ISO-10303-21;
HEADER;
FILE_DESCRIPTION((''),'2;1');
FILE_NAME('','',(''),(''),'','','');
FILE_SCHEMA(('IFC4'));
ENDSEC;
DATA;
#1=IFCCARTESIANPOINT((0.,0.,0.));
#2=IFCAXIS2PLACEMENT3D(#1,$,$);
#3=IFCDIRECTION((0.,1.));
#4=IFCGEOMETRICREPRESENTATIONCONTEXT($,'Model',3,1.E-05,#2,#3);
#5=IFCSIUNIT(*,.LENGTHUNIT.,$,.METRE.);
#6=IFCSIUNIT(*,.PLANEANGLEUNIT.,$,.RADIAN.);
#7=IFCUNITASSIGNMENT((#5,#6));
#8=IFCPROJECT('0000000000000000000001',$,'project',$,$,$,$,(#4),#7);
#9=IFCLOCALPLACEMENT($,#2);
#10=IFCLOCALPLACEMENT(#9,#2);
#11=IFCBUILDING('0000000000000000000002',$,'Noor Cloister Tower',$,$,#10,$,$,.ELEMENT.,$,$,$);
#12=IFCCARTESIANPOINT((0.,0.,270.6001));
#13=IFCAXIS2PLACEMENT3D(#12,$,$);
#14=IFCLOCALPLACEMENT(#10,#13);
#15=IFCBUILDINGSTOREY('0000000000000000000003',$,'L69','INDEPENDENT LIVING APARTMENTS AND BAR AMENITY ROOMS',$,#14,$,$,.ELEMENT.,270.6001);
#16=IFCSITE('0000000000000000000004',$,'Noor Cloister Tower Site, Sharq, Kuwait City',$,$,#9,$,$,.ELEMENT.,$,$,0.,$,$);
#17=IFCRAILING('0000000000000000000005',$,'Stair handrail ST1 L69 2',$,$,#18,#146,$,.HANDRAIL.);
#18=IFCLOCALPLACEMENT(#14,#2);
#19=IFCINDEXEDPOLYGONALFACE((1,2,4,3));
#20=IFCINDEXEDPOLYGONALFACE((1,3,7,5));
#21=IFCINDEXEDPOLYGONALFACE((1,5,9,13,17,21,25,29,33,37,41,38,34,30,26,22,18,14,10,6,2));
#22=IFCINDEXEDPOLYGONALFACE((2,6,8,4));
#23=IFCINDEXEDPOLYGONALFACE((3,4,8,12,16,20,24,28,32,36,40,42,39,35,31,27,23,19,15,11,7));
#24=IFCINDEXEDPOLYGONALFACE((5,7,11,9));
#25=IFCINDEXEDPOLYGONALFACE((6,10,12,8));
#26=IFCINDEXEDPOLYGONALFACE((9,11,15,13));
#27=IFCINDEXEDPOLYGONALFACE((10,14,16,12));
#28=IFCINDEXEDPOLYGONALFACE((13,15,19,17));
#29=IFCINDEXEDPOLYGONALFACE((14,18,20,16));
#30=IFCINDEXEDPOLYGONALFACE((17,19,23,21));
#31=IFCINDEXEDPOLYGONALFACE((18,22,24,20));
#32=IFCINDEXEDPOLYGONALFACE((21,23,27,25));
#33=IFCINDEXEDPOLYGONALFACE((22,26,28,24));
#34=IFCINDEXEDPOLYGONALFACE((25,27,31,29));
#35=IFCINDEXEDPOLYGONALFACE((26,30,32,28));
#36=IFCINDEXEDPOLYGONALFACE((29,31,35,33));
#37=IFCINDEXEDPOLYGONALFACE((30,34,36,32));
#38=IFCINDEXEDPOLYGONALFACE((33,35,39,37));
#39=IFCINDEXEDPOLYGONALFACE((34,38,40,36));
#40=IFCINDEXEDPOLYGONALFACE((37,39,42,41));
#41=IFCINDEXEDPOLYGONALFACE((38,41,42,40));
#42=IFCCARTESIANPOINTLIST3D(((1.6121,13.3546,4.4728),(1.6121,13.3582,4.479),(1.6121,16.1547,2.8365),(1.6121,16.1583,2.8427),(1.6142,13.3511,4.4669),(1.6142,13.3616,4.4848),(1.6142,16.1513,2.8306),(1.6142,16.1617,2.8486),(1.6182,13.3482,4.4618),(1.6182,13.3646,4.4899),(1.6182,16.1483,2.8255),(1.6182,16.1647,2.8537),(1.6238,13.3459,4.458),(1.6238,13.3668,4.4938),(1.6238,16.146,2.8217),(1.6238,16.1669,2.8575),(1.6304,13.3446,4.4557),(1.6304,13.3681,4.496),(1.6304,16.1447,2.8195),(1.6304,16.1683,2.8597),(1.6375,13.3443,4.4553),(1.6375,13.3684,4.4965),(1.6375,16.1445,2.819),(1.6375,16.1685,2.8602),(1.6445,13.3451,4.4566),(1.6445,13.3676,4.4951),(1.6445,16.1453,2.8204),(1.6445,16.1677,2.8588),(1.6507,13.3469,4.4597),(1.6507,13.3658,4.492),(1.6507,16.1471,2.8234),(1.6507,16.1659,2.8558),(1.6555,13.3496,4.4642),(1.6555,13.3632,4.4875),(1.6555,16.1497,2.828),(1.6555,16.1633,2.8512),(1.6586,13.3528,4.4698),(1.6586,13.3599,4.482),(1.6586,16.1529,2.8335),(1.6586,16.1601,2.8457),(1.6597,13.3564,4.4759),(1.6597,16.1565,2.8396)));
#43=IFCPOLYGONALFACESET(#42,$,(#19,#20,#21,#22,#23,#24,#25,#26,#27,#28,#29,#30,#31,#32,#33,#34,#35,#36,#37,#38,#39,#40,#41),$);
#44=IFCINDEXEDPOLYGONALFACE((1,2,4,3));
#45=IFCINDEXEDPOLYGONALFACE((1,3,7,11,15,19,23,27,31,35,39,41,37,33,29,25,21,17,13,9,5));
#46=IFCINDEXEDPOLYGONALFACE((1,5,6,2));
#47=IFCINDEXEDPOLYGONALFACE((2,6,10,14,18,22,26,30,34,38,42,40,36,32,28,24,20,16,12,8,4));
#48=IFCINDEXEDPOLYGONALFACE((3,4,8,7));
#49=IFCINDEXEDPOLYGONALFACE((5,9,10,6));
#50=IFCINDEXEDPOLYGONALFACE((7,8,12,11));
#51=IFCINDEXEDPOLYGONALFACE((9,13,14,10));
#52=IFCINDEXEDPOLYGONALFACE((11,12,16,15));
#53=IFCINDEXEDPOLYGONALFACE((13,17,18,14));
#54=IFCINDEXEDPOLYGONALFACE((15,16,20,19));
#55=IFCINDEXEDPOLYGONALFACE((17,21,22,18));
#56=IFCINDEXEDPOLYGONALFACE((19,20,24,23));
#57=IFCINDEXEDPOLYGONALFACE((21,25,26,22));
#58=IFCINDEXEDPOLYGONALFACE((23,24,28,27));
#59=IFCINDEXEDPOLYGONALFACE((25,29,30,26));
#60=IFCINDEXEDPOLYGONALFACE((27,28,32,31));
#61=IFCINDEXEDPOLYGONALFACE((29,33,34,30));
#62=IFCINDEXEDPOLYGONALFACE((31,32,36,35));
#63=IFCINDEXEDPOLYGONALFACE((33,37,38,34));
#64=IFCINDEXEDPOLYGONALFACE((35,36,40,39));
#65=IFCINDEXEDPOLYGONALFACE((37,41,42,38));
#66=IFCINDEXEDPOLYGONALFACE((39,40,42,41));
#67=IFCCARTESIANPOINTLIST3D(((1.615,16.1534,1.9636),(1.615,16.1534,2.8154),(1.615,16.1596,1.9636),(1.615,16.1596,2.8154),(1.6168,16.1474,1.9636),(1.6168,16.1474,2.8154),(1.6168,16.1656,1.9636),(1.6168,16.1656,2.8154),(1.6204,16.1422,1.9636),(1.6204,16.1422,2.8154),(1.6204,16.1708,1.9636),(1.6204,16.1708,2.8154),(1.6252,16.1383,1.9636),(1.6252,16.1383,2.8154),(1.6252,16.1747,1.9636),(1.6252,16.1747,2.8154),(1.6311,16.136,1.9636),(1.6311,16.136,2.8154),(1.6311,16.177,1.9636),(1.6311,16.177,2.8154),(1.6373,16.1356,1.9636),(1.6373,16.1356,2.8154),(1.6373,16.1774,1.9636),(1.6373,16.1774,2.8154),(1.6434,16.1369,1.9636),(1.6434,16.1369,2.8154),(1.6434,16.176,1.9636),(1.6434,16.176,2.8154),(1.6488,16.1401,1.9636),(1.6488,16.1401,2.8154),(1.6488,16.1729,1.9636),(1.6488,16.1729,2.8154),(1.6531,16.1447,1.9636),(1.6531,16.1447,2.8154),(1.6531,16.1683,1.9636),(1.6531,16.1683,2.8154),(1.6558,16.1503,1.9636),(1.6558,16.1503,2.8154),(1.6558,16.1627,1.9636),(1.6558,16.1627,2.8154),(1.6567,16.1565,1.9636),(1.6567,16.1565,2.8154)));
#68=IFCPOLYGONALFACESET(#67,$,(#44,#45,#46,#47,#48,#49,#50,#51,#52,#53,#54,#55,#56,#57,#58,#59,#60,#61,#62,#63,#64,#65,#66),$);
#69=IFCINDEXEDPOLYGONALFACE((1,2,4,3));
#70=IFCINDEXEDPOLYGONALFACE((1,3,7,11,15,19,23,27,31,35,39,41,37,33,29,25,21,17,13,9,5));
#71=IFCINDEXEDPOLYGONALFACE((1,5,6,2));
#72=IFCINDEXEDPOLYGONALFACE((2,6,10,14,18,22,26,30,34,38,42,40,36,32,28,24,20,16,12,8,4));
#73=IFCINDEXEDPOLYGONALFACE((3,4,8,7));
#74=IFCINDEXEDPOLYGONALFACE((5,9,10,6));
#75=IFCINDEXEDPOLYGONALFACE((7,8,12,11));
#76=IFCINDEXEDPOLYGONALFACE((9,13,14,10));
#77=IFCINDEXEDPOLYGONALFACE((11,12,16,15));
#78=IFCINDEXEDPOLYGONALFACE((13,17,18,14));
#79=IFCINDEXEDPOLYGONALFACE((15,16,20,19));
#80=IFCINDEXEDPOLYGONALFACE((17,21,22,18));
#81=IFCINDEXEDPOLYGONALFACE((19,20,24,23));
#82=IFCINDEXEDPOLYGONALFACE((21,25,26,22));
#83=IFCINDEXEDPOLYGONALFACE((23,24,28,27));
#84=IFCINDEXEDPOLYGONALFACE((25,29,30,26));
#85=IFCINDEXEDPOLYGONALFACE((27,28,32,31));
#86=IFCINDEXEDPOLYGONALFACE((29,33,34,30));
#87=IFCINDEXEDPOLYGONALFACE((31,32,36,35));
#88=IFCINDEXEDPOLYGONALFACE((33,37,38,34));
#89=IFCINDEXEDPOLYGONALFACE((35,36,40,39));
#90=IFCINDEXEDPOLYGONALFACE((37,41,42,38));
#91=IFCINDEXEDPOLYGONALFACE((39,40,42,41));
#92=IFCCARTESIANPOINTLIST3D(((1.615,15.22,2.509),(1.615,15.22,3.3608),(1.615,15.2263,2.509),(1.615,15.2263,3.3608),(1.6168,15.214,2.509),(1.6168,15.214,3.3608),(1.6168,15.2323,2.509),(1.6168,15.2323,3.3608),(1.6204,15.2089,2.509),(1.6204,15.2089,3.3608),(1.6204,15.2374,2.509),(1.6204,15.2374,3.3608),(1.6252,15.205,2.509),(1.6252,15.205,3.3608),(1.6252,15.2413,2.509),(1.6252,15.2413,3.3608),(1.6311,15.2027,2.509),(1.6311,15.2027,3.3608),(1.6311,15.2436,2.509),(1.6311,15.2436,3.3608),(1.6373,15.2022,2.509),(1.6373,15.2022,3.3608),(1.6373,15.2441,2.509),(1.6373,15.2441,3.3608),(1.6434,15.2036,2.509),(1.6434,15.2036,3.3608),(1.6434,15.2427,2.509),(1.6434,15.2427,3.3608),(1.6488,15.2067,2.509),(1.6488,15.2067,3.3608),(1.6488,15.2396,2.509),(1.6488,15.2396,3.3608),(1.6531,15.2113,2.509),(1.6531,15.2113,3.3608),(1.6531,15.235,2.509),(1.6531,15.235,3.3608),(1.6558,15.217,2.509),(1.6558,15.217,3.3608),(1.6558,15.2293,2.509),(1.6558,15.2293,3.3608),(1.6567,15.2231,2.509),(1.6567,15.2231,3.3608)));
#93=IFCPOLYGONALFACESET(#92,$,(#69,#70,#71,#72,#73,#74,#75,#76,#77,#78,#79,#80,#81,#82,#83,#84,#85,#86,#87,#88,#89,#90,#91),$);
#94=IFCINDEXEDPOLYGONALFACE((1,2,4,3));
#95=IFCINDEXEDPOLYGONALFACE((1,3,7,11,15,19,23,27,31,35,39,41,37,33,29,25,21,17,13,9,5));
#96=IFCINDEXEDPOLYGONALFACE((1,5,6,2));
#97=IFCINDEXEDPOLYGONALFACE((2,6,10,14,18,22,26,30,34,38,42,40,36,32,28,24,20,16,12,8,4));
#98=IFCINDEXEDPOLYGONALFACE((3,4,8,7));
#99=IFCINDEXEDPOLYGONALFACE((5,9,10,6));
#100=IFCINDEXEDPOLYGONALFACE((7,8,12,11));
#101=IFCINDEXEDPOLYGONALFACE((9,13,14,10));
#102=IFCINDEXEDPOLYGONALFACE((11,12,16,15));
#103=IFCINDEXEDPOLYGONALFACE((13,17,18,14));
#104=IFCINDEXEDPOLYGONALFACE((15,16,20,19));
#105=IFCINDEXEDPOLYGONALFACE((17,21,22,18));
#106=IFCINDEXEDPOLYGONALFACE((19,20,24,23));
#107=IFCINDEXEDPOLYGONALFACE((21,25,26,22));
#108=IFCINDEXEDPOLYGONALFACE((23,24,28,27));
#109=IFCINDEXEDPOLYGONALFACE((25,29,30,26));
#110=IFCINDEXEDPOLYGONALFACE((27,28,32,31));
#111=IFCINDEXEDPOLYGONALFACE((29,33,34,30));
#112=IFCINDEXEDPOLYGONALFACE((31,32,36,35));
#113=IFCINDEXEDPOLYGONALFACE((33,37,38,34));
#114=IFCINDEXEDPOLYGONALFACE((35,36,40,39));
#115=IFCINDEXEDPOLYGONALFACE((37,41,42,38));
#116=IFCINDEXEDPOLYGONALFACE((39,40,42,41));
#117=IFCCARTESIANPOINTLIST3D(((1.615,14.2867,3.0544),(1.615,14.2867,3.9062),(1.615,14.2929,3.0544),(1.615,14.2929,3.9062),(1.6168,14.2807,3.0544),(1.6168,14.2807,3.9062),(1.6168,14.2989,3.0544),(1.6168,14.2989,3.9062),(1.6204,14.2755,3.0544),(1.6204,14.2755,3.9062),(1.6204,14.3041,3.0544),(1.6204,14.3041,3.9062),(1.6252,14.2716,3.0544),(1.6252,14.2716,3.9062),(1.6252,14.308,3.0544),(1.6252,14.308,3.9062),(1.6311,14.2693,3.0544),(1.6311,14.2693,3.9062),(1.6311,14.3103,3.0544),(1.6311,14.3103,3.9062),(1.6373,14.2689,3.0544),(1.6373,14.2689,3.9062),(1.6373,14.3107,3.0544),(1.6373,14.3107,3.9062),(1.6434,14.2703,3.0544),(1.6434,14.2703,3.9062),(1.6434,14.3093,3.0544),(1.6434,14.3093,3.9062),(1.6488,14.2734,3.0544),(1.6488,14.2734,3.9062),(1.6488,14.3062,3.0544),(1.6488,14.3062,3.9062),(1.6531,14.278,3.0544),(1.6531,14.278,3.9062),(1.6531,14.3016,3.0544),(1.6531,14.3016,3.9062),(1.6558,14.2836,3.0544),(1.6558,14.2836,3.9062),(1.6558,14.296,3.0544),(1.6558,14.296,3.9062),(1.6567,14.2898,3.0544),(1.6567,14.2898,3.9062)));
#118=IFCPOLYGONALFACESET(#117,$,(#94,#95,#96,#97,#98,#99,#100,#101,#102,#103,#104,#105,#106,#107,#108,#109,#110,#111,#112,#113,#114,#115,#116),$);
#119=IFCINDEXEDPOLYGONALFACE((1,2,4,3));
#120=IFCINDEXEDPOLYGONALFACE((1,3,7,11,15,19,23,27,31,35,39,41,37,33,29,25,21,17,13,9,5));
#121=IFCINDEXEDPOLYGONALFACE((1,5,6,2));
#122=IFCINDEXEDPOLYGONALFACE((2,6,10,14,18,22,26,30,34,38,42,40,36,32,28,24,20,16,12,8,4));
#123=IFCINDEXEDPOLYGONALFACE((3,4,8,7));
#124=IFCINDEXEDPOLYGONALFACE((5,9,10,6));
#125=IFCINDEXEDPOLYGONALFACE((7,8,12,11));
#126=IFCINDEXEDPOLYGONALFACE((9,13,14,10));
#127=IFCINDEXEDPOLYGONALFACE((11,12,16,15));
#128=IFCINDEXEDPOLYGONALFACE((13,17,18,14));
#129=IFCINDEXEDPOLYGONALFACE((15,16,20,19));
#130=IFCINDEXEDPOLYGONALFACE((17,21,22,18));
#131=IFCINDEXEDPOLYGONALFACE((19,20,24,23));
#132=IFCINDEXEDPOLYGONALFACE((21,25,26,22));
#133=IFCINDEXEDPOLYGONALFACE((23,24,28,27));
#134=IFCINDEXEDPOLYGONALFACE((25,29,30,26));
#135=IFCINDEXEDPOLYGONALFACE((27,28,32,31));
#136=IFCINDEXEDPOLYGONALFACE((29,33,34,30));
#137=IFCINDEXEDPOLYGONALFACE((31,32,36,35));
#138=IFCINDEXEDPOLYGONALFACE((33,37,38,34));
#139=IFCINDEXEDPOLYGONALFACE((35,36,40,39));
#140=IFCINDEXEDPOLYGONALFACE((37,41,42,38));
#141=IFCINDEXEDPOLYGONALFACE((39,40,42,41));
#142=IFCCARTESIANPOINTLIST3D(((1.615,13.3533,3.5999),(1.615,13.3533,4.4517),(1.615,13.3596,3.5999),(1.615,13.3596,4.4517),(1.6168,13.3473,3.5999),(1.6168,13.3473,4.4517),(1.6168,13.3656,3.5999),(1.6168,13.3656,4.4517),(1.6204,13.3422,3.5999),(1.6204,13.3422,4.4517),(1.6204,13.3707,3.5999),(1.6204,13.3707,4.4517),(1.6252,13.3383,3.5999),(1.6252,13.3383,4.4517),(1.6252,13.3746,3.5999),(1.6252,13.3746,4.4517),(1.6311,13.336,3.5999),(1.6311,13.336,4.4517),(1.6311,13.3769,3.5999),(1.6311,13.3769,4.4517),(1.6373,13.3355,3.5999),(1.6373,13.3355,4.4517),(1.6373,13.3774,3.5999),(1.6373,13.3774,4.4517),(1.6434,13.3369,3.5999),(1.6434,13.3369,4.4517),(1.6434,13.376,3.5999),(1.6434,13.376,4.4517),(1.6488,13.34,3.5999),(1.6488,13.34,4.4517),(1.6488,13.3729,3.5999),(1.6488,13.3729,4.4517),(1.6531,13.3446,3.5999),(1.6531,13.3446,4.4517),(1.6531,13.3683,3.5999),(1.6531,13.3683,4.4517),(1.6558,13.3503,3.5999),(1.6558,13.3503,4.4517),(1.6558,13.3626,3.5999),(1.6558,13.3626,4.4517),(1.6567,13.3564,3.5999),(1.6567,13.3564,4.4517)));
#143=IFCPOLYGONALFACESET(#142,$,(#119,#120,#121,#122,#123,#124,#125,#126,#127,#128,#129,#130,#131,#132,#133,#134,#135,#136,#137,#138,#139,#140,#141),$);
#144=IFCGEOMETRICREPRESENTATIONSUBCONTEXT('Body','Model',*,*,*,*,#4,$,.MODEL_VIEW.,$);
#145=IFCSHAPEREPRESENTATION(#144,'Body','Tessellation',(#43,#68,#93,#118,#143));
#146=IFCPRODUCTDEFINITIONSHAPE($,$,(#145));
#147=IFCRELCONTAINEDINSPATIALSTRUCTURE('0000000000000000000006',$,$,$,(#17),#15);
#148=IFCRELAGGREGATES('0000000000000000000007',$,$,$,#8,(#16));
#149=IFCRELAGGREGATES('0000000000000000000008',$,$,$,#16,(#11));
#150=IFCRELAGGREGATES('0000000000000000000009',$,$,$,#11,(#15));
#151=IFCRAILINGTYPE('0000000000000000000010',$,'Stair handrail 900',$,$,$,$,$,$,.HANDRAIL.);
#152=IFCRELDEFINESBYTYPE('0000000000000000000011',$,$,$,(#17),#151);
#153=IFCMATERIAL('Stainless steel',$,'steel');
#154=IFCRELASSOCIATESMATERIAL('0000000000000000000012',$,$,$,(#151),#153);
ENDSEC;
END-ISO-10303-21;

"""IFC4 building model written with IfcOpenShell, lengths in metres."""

from ifc_helpers import new_model, si_unit, direction, frame, origin, origin_2d, place, context, subcontext, project, spatial, circle, extrude, material, type_object, element, save


model = new_model("IFC4")

# Units and contexts
model_context = context("Model", 3, precision=1e-05, world=origin(), true_north=direction((0.0, 1.0)))
body_context = subcontext(model_context, "Body", "Model", "MODEL_VIEW")
ifc_project = project(units=[si_unit("LENGTHUNIT", "METRE"), si_unit("PLANEANGLEUNIT", "RADIAN")], contexts=[model_context])

# Site, building, storey
site_placement = place(None, origin())
site = spatial("IfcSite", under=ifc_project, at=site_placement, Name="Noor Cloister Tower Site, Sharq, Kuwait City", CompositionType="ELEMENT", RefElevation=0.0)
building_placement = place(site_placement, origin())
building = spatial("IfcBuilding", under=site, at=building_placement, Name="Noor Cloister Tower", CompositionType="ELEMENT")
storey_placement = place(building_placement, frame((0.0, 0.0, 270.6001)))
storey = spatial("IfcBuildingStorey", under=building, at=storey_placement, Name="L69", Description="INDEPENDENT LIVING APARTMENTS AND BAR AMENITY ROOMS", CompositionType="ELEMENT", Elevation=270.6001)

# Railing
ifc_material_1 = material(Name="Stainless steel", Category="steel")
railing_type_1 = type_object("IfcRailingType", Name="Stair handrail 900", PredefinedType="HANDRAIL", material=ifc_material_1)
railing_1_placement = place(storey_placement, frame((1.6357, 16.1565, 1.9636)))
element("IfcRailing", 1, at=railing_1_placement, inside=storey, type_object=railing_type_1, Name="Stair handrail ST1 L69 2", PredefinedType="HANDRAIL", context=body_context, shape_type="SweptSolid", body=[
    extrude(circle(Radius=0.0239, at=origin_2d()), frame((0.0, 0.0, 0.876), z_axis=(0.0, -0.863394, 0.504531), x_axis=(1.0, 0.0, 0.0)), (0.0, 0.0, 1.0), 3.2432),
    extrude(circle(Radius=0.021, at=origin_2d()), origin(), (0.0, 0.0, 1.0), 0.8518),
    extrude(circle(Radius=0.021, at=origin_2d()), frame((0.0, -0.9333, 0.5454)), (0.0, 0.0, 1.0), 0.8518),
    extrude(circle(Radius=0.021, at=origin_2d()), frame((0.0, -1.8667, 1.0908)), (0.0, 0.0, 1.0), 0.8518),
    extrude(circle(Radius=0.021, at=origin_2d()), frame((0.0, -2.8, 1.6362)), (0.0, 0.0, 1.0), 0.8518),
])

save(model, "model.ifc")
